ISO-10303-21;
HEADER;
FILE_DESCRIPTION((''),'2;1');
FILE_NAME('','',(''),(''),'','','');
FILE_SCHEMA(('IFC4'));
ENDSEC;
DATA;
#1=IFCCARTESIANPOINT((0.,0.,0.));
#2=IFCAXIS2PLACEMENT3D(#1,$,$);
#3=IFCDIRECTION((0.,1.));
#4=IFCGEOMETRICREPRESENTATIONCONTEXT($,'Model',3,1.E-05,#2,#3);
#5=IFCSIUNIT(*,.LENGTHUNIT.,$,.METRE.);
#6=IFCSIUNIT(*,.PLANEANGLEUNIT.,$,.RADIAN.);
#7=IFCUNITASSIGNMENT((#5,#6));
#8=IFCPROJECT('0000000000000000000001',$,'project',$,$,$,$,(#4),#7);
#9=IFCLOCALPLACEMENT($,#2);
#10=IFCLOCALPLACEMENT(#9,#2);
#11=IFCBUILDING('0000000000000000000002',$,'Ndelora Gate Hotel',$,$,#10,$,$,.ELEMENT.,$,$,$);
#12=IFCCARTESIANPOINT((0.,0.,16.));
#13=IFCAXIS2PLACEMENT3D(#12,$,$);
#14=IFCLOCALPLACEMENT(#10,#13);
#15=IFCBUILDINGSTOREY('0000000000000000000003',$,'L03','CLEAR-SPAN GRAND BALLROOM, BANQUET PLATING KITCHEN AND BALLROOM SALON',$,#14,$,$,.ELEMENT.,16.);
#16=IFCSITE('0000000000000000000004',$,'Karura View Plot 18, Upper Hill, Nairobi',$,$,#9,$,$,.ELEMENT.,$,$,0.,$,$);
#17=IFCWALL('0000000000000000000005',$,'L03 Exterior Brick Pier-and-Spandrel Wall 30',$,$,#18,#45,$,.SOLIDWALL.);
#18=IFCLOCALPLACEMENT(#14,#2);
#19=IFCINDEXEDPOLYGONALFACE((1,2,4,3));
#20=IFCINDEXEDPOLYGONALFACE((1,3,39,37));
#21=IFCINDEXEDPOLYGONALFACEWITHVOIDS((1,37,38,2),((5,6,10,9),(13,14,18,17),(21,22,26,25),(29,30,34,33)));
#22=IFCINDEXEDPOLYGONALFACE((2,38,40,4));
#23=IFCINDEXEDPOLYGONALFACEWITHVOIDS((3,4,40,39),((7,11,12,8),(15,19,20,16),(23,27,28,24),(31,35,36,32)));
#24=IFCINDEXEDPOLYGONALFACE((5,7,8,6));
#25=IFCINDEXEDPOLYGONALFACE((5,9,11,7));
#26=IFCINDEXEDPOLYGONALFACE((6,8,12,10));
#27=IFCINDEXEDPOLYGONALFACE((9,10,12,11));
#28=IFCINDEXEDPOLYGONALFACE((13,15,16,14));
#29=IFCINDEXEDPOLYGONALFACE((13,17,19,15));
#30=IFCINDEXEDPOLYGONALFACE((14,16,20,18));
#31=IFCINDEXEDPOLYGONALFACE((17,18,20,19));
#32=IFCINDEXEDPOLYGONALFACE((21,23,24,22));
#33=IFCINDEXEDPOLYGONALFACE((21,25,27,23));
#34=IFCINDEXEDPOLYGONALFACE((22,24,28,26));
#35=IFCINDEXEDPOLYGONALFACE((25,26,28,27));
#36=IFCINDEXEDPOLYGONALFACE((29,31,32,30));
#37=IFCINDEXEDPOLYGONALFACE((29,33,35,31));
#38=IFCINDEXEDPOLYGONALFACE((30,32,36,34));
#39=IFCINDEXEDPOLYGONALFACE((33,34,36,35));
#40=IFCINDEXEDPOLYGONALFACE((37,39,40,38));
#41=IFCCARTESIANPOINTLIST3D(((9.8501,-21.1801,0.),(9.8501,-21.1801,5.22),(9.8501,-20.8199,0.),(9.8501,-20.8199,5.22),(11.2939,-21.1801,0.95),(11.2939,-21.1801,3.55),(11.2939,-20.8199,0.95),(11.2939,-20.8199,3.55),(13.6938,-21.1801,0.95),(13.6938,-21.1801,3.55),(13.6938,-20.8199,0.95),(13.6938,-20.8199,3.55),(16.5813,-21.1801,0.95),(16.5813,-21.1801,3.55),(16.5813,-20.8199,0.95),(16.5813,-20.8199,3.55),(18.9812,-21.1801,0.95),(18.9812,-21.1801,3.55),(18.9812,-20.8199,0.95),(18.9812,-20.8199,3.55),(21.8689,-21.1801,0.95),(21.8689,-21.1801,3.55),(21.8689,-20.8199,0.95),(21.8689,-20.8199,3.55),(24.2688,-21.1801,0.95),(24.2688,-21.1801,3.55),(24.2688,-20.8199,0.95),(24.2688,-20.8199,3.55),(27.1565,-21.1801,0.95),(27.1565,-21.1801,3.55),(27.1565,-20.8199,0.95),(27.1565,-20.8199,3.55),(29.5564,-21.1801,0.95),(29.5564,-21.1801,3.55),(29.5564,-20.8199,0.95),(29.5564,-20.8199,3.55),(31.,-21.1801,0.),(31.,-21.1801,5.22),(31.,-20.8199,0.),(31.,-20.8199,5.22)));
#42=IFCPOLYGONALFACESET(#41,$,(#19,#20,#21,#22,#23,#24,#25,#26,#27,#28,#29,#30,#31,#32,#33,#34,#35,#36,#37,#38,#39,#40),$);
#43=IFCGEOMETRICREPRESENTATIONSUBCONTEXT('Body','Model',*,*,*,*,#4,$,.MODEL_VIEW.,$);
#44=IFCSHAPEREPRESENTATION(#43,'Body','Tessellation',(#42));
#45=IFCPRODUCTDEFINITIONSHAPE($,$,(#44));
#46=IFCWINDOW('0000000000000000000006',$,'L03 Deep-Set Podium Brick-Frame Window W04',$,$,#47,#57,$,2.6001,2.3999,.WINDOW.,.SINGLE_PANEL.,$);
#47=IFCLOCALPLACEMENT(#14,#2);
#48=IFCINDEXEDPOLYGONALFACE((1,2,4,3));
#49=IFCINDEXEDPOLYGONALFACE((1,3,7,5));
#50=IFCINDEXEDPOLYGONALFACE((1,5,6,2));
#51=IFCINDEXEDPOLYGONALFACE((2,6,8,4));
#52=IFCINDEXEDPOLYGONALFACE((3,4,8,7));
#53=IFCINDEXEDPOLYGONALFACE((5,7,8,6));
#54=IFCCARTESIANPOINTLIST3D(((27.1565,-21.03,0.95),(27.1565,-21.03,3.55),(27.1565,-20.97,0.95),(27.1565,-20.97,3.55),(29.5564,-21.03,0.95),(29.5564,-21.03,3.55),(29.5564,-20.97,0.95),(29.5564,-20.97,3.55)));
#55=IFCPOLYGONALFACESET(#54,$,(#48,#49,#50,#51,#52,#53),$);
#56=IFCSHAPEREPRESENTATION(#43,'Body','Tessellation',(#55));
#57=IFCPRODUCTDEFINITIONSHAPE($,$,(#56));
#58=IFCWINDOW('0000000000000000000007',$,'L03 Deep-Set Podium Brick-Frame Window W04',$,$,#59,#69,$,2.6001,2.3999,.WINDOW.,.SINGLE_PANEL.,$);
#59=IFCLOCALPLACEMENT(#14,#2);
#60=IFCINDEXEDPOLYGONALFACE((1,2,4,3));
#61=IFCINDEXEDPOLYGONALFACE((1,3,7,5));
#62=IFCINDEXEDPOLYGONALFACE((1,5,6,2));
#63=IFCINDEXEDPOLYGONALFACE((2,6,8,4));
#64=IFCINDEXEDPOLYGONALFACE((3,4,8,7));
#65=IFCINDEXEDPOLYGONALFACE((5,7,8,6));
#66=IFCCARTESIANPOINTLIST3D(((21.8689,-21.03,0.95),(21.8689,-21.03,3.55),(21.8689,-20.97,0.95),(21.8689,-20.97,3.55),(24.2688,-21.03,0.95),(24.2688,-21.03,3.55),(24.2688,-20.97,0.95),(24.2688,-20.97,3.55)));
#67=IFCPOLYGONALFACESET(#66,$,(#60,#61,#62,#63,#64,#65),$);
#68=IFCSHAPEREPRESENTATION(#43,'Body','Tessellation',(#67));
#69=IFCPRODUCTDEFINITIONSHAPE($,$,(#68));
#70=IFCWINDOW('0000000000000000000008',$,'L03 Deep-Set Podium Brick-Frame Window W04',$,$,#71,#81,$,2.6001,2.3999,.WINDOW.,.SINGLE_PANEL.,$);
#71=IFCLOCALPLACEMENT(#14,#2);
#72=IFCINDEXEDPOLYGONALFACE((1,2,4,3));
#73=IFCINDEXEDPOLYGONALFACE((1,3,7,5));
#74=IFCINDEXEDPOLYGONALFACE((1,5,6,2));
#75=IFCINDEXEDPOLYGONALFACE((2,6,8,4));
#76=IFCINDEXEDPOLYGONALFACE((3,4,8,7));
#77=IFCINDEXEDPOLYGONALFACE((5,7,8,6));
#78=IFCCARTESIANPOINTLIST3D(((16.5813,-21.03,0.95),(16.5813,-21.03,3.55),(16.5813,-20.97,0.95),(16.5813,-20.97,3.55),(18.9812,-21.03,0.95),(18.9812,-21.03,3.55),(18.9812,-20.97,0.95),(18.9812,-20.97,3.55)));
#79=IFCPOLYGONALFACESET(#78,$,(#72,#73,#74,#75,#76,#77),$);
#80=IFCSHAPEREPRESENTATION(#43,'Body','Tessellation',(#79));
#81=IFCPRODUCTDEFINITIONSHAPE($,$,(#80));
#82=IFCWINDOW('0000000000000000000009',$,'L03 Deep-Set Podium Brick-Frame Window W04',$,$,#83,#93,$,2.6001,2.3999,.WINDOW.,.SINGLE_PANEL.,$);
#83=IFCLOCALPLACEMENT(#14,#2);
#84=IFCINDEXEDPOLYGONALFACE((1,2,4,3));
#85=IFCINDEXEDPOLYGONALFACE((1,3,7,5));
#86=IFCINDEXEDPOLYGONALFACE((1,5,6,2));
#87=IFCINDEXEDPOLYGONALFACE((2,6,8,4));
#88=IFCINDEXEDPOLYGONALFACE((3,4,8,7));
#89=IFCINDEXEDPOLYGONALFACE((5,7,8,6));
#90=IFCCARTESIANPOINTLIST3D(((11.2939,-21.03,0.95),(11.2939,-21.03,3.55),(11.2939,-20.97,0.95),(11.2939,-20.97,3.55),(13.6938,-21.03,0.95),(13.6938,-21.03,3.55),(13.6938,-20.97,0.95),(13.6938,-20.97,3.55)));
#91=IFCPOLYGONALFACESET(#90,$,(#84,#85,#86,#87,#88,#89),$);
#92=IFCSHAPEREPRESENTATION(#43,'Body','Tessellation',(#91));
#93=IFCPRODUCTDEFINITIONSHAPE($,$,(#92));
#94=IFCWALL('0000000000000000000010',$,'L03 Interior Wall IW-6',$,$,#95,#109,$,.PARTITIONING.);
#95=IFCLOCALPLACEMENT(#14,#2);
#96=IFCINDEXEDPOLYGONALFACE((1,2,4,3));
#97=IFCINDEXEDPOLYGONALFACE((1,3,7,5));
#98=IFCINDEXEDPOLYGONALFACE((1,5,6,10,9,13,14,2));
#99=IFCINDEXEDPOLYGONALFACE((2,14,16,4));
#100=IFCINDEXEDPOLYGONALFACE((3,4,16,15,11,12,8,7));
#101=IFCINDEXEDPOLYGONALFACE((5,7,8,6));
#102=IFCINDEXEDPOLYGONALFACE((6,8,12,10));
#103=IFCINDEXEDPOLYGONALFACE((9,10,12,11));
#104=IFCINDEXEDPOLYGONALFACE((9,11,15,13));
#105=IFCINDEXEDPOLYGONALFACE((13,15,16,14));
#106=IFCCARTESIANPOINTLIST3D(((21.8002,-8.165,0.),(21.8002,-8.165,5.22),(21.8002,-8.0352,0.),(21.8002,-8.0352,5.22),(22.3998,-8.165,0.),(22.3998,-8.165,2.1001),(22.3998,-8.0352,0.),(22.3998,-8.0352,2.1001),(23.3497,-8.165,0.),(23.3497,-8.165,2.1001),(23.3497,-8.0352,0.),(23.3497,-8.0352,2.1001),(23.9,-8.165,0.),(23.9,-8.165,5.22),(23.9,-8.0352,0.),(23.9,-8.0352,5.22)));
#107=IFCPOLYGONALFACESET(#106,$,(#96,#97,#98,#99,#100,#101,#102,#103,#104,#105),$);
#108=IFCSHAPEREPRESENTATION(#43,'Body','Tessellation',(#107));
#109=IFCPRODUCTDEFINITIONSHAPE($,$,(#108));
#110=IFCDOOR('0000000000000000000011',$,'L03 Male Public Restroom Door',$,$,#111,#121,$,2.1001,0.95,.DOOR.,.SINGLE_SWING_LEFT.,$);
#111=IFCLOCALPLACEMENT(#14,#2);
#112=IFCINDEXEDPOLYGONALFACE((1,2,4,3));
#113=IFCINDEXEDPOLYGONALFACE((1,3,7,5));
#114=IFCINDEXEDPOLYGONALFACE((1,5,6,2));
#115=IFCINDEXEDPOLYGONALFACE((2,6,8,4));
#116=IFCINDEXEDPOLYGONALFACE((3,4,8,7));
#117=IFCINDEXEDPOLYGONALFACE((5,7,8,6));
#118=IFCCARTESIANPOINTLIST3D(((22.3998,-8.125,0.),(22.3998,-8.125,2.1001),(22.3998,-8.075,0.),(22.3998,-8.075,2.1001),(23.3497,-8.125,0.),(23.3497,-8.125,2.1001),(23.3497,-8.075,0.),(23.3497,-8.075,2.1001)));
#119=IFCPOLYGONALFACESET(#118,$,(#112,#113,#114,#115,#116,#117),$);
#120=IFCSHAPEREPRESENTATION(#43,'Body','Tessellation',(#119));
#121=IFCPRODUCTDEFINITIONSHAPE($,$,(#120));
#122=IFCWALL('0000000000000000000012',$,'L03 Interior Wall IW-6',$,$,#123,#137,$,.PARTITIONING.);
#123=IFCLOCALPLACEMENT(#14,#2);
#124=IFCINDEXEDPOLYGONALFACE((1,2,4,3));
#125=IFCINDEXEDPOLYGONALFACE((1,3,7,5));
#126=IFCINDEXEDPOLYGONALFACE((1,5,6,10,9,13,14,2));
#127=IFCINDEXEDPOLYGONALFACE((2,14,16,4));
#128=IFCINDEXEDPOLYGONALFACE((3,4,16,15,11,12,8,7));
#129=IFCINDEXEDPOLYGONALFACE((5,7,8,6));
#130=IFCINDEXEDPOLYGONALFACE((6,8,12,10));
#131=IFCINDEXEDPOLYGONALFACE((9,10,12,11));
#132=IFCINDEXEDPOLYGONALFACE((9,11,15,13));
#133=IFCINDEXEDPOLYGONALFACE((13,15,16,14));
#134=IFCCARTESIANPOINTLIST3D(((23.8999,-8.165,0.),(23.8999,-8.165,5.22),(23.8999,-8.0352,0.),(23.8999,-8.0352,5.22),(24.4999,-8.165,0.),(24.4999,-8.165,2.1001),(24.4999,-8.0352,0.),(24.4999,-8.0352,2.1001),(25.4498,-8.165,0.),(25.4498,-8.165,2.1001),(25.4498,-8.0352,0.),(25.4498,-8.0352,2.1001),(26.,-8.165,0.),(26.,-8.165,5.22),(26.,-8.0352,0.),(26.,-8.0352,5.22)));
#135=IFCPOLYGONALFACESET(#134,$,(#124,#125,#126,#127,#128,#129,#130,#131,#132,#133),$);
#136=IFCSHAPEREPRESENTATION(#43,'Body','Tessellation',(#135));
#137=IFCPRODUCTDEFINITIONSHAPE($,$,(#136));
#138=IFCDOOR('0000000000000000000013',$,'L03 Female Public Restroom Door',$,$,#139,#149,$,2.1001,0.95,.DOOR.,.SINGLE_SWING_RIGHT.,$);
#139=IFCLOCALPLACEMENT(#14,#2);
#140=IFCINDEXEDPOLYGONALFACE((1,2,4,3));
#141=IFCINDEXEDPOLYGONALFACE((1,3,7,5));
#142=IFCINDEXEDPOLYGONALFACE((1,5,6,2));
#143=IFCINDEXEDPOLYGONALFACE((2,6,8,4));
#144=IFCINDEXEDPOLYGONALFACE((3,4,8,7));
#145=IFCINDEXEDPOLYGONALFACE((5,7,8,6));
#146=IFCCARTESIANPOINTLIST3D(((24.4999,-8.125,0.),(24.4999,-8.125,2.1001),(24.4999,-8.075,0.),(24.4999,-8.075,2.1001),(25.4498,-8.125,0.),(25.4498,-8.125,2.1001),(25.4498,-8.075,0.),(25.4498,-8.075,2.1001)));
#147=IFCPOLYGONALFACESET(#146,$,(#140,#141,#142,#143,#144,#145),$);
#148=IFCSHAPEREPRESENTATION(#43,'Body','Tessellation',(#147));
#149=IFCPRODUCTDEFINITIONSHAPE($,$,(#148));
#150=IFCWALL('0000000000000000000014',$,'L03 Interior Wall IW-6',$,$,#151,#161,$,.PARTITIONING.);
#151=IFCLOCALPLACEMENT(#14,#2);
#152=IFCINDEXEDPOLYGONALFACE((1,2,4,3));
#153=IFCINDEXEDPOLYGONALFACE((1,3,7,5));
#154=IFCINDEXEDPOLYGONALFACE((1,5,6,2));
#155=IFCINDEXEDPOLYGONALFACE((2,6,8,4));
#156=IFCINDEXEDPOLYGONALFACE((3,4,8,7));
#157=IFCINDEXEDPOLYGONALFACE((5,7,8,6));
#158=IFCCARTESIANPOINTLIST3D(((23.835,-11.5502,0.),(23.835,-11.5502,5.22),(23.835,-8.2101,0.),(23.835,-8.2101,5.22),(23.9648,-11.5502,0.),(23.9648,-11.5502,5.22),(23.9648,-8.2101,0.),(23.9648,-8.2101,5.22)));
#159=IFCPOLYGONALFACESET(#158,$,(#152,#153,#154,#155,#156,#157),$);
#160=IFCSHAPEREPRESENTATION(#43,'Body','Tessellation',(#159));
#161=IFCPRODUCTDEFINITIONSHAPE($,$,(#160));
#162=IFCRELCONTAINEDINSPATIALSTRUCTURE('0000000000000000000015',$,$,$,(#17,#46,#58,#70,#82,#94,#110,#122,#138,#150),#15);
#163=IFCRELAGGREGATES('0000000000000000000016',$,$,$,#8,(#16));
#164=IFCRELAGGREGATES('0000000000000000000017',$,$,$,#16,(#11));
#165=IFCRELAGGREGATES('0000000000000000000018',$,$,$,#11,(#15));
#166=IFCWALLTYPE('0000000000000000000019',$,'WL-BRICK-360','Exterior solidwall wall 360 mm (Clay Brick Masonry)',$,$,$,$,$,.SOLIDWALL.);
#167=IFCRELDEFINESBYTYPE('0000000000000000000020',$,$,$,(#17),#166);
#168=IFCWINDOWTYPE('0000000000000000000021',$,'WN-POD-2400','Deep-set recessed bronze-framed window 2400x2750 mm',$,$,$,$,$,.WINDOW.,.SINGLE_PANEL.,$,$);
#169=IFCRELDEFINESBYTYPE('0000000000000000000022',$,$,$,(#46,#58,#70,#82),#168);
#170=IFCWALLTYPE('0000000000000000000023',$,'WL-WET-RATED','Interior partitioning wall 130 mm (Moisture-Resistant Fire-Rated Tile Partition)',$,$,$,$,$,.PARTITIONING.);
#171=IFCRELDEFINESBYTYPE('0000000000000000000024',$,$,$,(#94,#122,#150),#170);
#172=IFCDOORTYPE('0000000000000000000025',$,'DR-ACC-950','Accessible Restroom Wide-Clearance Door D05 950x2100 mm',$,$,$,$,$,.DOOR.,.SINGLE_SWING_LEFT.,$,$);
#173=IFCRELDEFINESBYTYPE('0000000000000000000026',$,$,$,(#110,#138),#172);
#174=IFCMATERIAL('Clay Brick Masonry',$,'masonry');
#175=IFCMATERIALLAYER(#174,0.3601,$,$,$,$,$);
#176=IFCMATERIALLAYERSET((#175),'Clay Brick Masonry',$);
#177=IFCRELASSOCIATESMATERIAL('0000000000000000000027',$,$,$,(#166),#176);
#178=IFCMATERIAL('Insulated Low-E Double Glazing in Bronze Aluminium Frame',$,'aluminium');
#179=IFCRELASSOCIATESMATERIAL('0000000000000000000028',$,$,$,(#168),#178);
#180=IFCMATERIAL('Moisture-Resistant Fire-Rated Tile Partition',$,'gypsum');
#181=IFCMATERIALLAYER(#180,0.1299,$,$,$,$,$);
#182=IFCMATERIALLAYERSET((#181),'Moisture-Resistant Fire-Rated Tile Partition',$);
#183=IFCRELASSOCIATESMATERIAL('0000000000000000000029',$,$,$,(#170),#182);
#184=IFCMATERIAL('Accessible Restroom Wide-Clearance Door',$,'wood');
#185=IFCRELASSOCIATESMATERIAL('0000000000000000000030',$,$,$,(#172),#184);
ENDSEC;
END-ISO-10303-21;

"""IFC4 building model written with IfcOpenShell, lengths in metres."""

from ifc_helpers import new_model, si_unit, direction, frame, frame_2d, origin, place, context, subcontext, project, spatial, rectangle, extrude, material, layer, layer_set, type_object, element, fill, save


model = new_model("IFC4")

# Units and contexts
model_context = context("Model", 3, precision=1e-05, world=origin(), true_north=direction((0.0, 1.0)))
body_context = subcontext(model_context, "Body", "Model", "MODEL_VIEW")
ifc_project = project(units=[si_unit("LENGTHUNIT", "METRE"), si_unit("PLANEANGLEUNIT", "RADIAN")], contexts=[model_context])

# Site, building, storey
site_placement = place(None, origin())
site = spatial("IfcSite", under=ifc_project, at=site_placement, Name="Karura View Plot 18, Upper Hill, Nairobi", CompositionType="ELEMENT", RefElevation=0.0)
building_placement = place(site_placement, origin())
building = spatial("IfcBuilding", under=site, at=building_placement, Name="Ndelora Gate Hotel", CompositionType="ELEMENT")
storey_placement = place(building_placement, frame((0.0, 0.0, 16.0)))
storey = spatial("IfcBuildingStorey", under=building, at=storey_placement, Name="L03", Description="CLEAR-SPAN GRAND BALLROOM, BANQUET PLATING KITCHEN AND BALLROOM SALON", CompositionType="ELEMENT", Elevation=16.0)

# Shared definitions
ifc_material_1 = material(Name="Clay Brick Masonry", Category="masonry")
ifc_layer_1 = layer(ifc_material_1, 0.3601)
ifc_layer_set_1 = layer_set([ifc_layer_1], Name="Clay Brick Masonry")
wall_type_1 = type_object("IfcWallType", Name="WL-BRICK-360", Description="Exterior solidwall wall 360 mm (Clay Brick Masonry)", PredefinedType="SOLIDWALL", material=ifc_layer_set_1)

# Wall, openings, windows
wall_1_placement = place(storey_placement, frame((31.0, -21.0, 0.0), z_axis=(0.0, 0.0, 1.0), x_axis=(-1.0, 0.0, 0.0)))
wall_1 = element("IfcWall", 1, at=wall_1_placement, inside=storey, type_object=wall_type_1, Name="L03 Exterior Brick Pier-and-Spandrel Wall 30", PredefinedType="SOLIDWALL", context=body_context, shape_type="SweptSolid", body=[
    extrude(rectangle(XDim=21.1499, YDim=0.3601, at=frame_2d((10.575, 0.0))), origin(), (0.0, 0.0, 1.0), 5.22),
])
opening_1_placement = place(wall_1_placement, frame((1.4436, 0.0, 0.95)))
opening_1 = element("IfcOpeningElement", 2, at=opening_1_placement, cuts=wall_1, PredefinedType="OPENING", context=body_context, shape_type="SweptSolid", body=[
    extrude(rectangle(XDim=2.3999, YDim=2.6001, at=frame_2d((1.2, 1.3))), frame((0.0, 0.1899, 0.0), z_axis=(0.0, -1.0, 0.0), x_axis=(1.0, 0.0, 0.0)), (0.0, 0.0, 1.0), 0.3801),
])
opening_2_placement = place(wall_1_placement, frame((6.7312, 0.0, 0.95)))
opening_2 = element("IfcOpeningElement", 3, at=opening_2_placement, cuts=wall_1, PredefinedType="OPENING", context=body_context, shape_type="SweptSolid", body=[
    extrude(rectangle(XDim=2.3999, YDim=2.6001, at=frame_2d((1.2, 1.3))), frame((0.0, 0.1899, 0.0), z_axis=(0.0, -1.0, 0.0), x_axis=(1.0, 0.0, 0.0)), (0.0, 0.0, 1.0), 0.3801),
])
opening_3_placement = place(wall_1_placement, frame((12.0188, 0.0, 0.95)))
opening_3 = element("IfcOpeningElement", 4, at=opening_3_placement, cuts=wall_1, PredefinedType="OPENING", context=body_context, shape_type="SweptSolid", body=[
    extrude(rectangle(XDim=2.3999, YDim=2.6001, at=frame_2d((1.2, 1.3))), frame((0.0, 0.1899, 0.0), z_axis=(0.0, -1.0, 0.0), x_axis=(1.0, 0.0, 0.0)), (0.0, 0.0, 1.0), 0.3801),
])
opening_4_placement = place(wall_1_placement, frame((17.3062, 0.0, 0.95)))
opening_4 = element("IfcOpeningElement", 5, at=opening_4_placement, cuts=wall_1, PredefinedType="OPENING", context=body_context, shape_type="SweptSolid", body=[
    extrude(rectangle(XDim=2.3999, YDim=2.6001, at=frame_2d((1.2, 1.3))), frame((0.0, 0.1899, 0.0), z_axis=(0.0, -1.0, 0.0), x_axis=(1.0, 0.0, 0.0)), (0.0, 0.0, 1.0), 0.3801),
])
ifc_material_2 = material(Name="Insulated Low-E Double Glazing in Bronze Aluminium Frame", Category="aluminium")
window_type = type_object("IfcWindowType", Name="WN-POD-2400", Description="Deep-set recessed bronze-framed window 2400x2750 mm", PartitioningType="SINGLE_PANEL", PredefinedType="WINDOW", material=ifc_material_2)
window_1_placement = place(opening_1_placement, origin())
window_1 = element("IfcWindow", 6, at=window_1_placement, inside=storey, type_object=window_type, Name="L03 Deep-Set Podium Brick-Frame Window W04", OverallHeight=2.6001, OverallWidth=2.3999, PartitioningType="SINGLE_PANEL", PredefinedType="WINDOW", context=body_context, shape_type="SweptSolid", body=[
    extrude(rectangle(XDim=2.3999, YDim=2.6001, at=frame_2d((1.2, 1.3))), frame((0.0, 0.03, 0.0), z_axis=(0.0, -1.0, 0.0), x_axis=(1.0, 0.0, 0.0)), (0.0, 0.0, 1.0), 0.0601),
])
fill(opening_1, window_1)
window_2_placement = place(opening_2_placement, origin())
window_2 = element("IfcWindow", 7, at=window_2_placement, inside=storey, type_object=window_type, Name="L03 Deep-Set Podium Brick-Frame Window W04", OverallHeight=2.6001, OverallWidth=2.3999, PartitioningType="SINGLE_PANEL", PredefinedType="WINDOW", context=body_context, shape_type="SweptSolid", body=[
    extrude(rectangle(XDim=2.3999, YDim=2.6001, at=frame_2d((1.2, 1.3))), frame((0.0, 0.03, 0.0), z_axis=(0.0, -1.0, 0.0), x_axis=(1.0, 0.0, 0.0)), (0.0, 0.0, 1.0), 0.0601),
])
fill(opening_2, window_2)
window_3_placement = place(opening_3_placement, origin())
window_3 = element("IfcWindow", 8, at=window_3_placement, inside=storey, type_object=window_type, Name="L03 Deep-Set Podium Brick-Frame Window W04", OverallHeight=2.6001, OverallWidth=2.3999, PartitioningType="SINGLE_PANEL", PredefinedType="WINDOW", context=body_context, shape_type="SweptSolid", body=[
    extrude(rectangle(XDim=2.3999, YDim=2.6001, at=frame_2d((1.2, 1.3))), frame((0.0, 0.03, 0.0), z_axis=(0.0, -1.0, 0.0), x_axis=(1.0, 0.0, 0.0)), (0.0, 0.0, 1.0), 0.0601),
])
fill(opening_3, window_3)
window_4_placement = place(opening_4_placement, origin())
window_4 = element("IfcWindow", 9, at=window_4_placement, inside=storey, type_object=window_type, Name="L03 Deep-Set Podium Brick-Frame Window W04", OverallHeight=2.6001, OverallWidth=2.3999, PartitioningType="SINGLE_PANEL", PredefinedType="WINDOW", context=body_context, shape_type="SweptSolid", body=[
    extrude(rectangle(XDim=2.3999, YDim=2.6001, at=frame_2d((1.2, 1.3))), frame((0.0, 0.03, 0.0), z_axis=(0.0, -1.0, 0.0), x_axis=(1.0, 0.0, 0.0)), (0.0, 0.0, 1.0), 0.0601),
])
fill(opening_4, window_4)

# Walls, openings, doors
ifc_material_3 = material(Name="Moisture-Resistant Fire-Rated Tile Partition", Category="gypsum")
ifc_layer_2 = layer(ifc_material_3, 0.1299)
ifc_layer_set_2 = layer_set([ifc_layer_2], Name="Moisture-Resistant Fire-Rated Tile Partition")
wall_type_2 = type_object("IfcWallType", Name="WL-WET-RATED", Description="Interior partitioning wall 130 mm (Moisture-Resistant Fire-Rated Tile Partition)", PredefinedType="PARTITIONING", material=ifc_layer_set_2)
wall_2_placement = place(storey_placement, frame((23.8999, -8.1001, 0.0), z_axis=(0.0, 0.0, 1.0), x_axis=(-1.0, 0.0, 0.0)))
wall_2 = element("IfcWall", 10, at=wall_2_placement, inside=storey, type_object=wall_type_2, Name="L03 Interior Wall IW-6", PredefinedType="PARTITIONING", context=body_context, shape_type="SweptSolid", body=[
    extrude(rectangle(XDim=2.0999, YDim=0.1299, at=frame_2d((1.0498, 0.0))), origin(), (0.0, 0.0, 1.0), 5.22),
])
opening_5_placement = place(wall_2_placement, frame((0.55, 0.0, 0.0)))
opening_5 = element("IfcOpeningElement", 11, at=opening_5_placement, cuts=wall_2, PredefinedType="OPENING", context=body_context, shape_type="SweptSolid", body=[
    extrude(rectangle(XDim=0.95, YDim=2.1001, at=frame_2d((0.4751, 1.05))), frame((0.0, 0.075, 0.0), z_axis=(0.0, -1.0, 0.0), x_axis=(1.0, 0.0, 0.0)), (0.0, 0.0, 1.0), 0.1499),
])
ifc_material_4 = material(Name="Accessible Restroom Wide-Clearance Door", Category="wood")
door_type = type_object("IfcDoorType", Name="DR-ACC-950", Description="Accessible Restroom Wide-Clearance Door D05 950x2100 mm", OperationType="SINGLE_SWING_LEFT", PredefinedType="DOOR", material=ifc_material_4)
door_1_placement = place(opening_5_placement, origin())
door_1 = element("IfcDoor", 12, at=door_1_placement, inside=storey, type_object=door_type, Name="L03 Male Public Restroom Door", OperationType="SINGLE_SWING_LEFT", OverallHeight=2.1001, OverallWidth=0.95, PredefinedType="DOOR", context=body_context, shape_type="SweptSolid", body=[
    extrude(rectangle(XDim=0.95, YDim=2.1001, at=frame_2d((0.4751, 1.05))), frame((0.0, 0.0249, 0.0), z_axis=(0.0, -1.0, 0.0), x_axis=(1.0, 0.0, 0.0)), (0.0, 0.0, 1.0), 0.05),
])
fill(opening_5, door_1)
wall_3_placement = place(storey_placement, frame((26.0, -8.1001, 0.0), z_axis=(0.0, 0.0, 1.0), x_axis=(-1.0, 0.0, 0.0)))
wall_3 = element("IfcWall", 13, at=wall_3_placement, inside=storey, type_object=wall_type_2, Name="L03 Interior Wall IW-6", PredefinedType="PARTITIONING", context=body_context, shape_type="SweptSolid", body=[
    extrude(rectangle(XDim=2.1001, YDim=0.1299, at=frame_2d((1.05, 0.0))), origin(), (0.0, 0.0, 1.0), 5.22),
])
opening_6_placement = place(wall_3_placement, frame((0.55, 0.0, 0.0)))
opening_6 = element("IfcOpeningElement", 14, at=opening_6_placement, cuts=wall_3, PredefinedType="OPENING", context=body_context, shape_type="SweptSolid", body=[
    extrude(rectangle(XDim=0.95, YDim=2.1001, at=frame_2d((0.4751, 1.05))), frame((0.0, 0.075, 0.0), z_axis=(0.0, -1.0, 0.0), x_axis=(1.0, 0.0, 0.0)), (0.0, 0.0, 1.0), 0.1499),
])
door_2_placement = place(opening_6_placement, origin())
door_2 = element("IfcDoor", 15, at=door_2_placement, inside=storey, type_object=door_type, Name="L03 Female Public Restroom Door", OperationType="SINGLE_SWING_RIGHT", OverallHeight=2.1001, OverallWidth=0.95, PredefinedType="DOOR", context=body_context, shape_type="SweptSolid", body=[
    extrude(rectangle(XDim=0.95, YDim=2.1001, at=frame_2d((0.4751, 1.05))), frame((0.0, 0.0249, 0.0), z_axis=(0.0, -1.0, 0.0), x_axis=(1.0, 0.0, 0.0)), (0.0, 0.0, 1.0), 0.05),
])
fill(opening_6, door_2)

# Wall
wall_4_placement = place(storey_placement, frame((23.8999, -11.55, 0.0), z_axis=(0.0, 0.0, 1.0), x_axis=(0.0, 1.0, 0.0)))
element("IfcWall", 16, at=wall_4_placement, inside=storey, type_object=wall_type_2, Name="L03 Interior Wall IW-6", PredefinedType="PARTITIONING", context=body_context, shape_type="SweptSolid", body=[
    extrude(rectangle(XDim=3.3401, YDim=0.1299, at=frame_2d((1.6699, 0.0))), origin(), (0.0, 0.0, 1.0), 5.22),
])

save(model, "model.ifc")
